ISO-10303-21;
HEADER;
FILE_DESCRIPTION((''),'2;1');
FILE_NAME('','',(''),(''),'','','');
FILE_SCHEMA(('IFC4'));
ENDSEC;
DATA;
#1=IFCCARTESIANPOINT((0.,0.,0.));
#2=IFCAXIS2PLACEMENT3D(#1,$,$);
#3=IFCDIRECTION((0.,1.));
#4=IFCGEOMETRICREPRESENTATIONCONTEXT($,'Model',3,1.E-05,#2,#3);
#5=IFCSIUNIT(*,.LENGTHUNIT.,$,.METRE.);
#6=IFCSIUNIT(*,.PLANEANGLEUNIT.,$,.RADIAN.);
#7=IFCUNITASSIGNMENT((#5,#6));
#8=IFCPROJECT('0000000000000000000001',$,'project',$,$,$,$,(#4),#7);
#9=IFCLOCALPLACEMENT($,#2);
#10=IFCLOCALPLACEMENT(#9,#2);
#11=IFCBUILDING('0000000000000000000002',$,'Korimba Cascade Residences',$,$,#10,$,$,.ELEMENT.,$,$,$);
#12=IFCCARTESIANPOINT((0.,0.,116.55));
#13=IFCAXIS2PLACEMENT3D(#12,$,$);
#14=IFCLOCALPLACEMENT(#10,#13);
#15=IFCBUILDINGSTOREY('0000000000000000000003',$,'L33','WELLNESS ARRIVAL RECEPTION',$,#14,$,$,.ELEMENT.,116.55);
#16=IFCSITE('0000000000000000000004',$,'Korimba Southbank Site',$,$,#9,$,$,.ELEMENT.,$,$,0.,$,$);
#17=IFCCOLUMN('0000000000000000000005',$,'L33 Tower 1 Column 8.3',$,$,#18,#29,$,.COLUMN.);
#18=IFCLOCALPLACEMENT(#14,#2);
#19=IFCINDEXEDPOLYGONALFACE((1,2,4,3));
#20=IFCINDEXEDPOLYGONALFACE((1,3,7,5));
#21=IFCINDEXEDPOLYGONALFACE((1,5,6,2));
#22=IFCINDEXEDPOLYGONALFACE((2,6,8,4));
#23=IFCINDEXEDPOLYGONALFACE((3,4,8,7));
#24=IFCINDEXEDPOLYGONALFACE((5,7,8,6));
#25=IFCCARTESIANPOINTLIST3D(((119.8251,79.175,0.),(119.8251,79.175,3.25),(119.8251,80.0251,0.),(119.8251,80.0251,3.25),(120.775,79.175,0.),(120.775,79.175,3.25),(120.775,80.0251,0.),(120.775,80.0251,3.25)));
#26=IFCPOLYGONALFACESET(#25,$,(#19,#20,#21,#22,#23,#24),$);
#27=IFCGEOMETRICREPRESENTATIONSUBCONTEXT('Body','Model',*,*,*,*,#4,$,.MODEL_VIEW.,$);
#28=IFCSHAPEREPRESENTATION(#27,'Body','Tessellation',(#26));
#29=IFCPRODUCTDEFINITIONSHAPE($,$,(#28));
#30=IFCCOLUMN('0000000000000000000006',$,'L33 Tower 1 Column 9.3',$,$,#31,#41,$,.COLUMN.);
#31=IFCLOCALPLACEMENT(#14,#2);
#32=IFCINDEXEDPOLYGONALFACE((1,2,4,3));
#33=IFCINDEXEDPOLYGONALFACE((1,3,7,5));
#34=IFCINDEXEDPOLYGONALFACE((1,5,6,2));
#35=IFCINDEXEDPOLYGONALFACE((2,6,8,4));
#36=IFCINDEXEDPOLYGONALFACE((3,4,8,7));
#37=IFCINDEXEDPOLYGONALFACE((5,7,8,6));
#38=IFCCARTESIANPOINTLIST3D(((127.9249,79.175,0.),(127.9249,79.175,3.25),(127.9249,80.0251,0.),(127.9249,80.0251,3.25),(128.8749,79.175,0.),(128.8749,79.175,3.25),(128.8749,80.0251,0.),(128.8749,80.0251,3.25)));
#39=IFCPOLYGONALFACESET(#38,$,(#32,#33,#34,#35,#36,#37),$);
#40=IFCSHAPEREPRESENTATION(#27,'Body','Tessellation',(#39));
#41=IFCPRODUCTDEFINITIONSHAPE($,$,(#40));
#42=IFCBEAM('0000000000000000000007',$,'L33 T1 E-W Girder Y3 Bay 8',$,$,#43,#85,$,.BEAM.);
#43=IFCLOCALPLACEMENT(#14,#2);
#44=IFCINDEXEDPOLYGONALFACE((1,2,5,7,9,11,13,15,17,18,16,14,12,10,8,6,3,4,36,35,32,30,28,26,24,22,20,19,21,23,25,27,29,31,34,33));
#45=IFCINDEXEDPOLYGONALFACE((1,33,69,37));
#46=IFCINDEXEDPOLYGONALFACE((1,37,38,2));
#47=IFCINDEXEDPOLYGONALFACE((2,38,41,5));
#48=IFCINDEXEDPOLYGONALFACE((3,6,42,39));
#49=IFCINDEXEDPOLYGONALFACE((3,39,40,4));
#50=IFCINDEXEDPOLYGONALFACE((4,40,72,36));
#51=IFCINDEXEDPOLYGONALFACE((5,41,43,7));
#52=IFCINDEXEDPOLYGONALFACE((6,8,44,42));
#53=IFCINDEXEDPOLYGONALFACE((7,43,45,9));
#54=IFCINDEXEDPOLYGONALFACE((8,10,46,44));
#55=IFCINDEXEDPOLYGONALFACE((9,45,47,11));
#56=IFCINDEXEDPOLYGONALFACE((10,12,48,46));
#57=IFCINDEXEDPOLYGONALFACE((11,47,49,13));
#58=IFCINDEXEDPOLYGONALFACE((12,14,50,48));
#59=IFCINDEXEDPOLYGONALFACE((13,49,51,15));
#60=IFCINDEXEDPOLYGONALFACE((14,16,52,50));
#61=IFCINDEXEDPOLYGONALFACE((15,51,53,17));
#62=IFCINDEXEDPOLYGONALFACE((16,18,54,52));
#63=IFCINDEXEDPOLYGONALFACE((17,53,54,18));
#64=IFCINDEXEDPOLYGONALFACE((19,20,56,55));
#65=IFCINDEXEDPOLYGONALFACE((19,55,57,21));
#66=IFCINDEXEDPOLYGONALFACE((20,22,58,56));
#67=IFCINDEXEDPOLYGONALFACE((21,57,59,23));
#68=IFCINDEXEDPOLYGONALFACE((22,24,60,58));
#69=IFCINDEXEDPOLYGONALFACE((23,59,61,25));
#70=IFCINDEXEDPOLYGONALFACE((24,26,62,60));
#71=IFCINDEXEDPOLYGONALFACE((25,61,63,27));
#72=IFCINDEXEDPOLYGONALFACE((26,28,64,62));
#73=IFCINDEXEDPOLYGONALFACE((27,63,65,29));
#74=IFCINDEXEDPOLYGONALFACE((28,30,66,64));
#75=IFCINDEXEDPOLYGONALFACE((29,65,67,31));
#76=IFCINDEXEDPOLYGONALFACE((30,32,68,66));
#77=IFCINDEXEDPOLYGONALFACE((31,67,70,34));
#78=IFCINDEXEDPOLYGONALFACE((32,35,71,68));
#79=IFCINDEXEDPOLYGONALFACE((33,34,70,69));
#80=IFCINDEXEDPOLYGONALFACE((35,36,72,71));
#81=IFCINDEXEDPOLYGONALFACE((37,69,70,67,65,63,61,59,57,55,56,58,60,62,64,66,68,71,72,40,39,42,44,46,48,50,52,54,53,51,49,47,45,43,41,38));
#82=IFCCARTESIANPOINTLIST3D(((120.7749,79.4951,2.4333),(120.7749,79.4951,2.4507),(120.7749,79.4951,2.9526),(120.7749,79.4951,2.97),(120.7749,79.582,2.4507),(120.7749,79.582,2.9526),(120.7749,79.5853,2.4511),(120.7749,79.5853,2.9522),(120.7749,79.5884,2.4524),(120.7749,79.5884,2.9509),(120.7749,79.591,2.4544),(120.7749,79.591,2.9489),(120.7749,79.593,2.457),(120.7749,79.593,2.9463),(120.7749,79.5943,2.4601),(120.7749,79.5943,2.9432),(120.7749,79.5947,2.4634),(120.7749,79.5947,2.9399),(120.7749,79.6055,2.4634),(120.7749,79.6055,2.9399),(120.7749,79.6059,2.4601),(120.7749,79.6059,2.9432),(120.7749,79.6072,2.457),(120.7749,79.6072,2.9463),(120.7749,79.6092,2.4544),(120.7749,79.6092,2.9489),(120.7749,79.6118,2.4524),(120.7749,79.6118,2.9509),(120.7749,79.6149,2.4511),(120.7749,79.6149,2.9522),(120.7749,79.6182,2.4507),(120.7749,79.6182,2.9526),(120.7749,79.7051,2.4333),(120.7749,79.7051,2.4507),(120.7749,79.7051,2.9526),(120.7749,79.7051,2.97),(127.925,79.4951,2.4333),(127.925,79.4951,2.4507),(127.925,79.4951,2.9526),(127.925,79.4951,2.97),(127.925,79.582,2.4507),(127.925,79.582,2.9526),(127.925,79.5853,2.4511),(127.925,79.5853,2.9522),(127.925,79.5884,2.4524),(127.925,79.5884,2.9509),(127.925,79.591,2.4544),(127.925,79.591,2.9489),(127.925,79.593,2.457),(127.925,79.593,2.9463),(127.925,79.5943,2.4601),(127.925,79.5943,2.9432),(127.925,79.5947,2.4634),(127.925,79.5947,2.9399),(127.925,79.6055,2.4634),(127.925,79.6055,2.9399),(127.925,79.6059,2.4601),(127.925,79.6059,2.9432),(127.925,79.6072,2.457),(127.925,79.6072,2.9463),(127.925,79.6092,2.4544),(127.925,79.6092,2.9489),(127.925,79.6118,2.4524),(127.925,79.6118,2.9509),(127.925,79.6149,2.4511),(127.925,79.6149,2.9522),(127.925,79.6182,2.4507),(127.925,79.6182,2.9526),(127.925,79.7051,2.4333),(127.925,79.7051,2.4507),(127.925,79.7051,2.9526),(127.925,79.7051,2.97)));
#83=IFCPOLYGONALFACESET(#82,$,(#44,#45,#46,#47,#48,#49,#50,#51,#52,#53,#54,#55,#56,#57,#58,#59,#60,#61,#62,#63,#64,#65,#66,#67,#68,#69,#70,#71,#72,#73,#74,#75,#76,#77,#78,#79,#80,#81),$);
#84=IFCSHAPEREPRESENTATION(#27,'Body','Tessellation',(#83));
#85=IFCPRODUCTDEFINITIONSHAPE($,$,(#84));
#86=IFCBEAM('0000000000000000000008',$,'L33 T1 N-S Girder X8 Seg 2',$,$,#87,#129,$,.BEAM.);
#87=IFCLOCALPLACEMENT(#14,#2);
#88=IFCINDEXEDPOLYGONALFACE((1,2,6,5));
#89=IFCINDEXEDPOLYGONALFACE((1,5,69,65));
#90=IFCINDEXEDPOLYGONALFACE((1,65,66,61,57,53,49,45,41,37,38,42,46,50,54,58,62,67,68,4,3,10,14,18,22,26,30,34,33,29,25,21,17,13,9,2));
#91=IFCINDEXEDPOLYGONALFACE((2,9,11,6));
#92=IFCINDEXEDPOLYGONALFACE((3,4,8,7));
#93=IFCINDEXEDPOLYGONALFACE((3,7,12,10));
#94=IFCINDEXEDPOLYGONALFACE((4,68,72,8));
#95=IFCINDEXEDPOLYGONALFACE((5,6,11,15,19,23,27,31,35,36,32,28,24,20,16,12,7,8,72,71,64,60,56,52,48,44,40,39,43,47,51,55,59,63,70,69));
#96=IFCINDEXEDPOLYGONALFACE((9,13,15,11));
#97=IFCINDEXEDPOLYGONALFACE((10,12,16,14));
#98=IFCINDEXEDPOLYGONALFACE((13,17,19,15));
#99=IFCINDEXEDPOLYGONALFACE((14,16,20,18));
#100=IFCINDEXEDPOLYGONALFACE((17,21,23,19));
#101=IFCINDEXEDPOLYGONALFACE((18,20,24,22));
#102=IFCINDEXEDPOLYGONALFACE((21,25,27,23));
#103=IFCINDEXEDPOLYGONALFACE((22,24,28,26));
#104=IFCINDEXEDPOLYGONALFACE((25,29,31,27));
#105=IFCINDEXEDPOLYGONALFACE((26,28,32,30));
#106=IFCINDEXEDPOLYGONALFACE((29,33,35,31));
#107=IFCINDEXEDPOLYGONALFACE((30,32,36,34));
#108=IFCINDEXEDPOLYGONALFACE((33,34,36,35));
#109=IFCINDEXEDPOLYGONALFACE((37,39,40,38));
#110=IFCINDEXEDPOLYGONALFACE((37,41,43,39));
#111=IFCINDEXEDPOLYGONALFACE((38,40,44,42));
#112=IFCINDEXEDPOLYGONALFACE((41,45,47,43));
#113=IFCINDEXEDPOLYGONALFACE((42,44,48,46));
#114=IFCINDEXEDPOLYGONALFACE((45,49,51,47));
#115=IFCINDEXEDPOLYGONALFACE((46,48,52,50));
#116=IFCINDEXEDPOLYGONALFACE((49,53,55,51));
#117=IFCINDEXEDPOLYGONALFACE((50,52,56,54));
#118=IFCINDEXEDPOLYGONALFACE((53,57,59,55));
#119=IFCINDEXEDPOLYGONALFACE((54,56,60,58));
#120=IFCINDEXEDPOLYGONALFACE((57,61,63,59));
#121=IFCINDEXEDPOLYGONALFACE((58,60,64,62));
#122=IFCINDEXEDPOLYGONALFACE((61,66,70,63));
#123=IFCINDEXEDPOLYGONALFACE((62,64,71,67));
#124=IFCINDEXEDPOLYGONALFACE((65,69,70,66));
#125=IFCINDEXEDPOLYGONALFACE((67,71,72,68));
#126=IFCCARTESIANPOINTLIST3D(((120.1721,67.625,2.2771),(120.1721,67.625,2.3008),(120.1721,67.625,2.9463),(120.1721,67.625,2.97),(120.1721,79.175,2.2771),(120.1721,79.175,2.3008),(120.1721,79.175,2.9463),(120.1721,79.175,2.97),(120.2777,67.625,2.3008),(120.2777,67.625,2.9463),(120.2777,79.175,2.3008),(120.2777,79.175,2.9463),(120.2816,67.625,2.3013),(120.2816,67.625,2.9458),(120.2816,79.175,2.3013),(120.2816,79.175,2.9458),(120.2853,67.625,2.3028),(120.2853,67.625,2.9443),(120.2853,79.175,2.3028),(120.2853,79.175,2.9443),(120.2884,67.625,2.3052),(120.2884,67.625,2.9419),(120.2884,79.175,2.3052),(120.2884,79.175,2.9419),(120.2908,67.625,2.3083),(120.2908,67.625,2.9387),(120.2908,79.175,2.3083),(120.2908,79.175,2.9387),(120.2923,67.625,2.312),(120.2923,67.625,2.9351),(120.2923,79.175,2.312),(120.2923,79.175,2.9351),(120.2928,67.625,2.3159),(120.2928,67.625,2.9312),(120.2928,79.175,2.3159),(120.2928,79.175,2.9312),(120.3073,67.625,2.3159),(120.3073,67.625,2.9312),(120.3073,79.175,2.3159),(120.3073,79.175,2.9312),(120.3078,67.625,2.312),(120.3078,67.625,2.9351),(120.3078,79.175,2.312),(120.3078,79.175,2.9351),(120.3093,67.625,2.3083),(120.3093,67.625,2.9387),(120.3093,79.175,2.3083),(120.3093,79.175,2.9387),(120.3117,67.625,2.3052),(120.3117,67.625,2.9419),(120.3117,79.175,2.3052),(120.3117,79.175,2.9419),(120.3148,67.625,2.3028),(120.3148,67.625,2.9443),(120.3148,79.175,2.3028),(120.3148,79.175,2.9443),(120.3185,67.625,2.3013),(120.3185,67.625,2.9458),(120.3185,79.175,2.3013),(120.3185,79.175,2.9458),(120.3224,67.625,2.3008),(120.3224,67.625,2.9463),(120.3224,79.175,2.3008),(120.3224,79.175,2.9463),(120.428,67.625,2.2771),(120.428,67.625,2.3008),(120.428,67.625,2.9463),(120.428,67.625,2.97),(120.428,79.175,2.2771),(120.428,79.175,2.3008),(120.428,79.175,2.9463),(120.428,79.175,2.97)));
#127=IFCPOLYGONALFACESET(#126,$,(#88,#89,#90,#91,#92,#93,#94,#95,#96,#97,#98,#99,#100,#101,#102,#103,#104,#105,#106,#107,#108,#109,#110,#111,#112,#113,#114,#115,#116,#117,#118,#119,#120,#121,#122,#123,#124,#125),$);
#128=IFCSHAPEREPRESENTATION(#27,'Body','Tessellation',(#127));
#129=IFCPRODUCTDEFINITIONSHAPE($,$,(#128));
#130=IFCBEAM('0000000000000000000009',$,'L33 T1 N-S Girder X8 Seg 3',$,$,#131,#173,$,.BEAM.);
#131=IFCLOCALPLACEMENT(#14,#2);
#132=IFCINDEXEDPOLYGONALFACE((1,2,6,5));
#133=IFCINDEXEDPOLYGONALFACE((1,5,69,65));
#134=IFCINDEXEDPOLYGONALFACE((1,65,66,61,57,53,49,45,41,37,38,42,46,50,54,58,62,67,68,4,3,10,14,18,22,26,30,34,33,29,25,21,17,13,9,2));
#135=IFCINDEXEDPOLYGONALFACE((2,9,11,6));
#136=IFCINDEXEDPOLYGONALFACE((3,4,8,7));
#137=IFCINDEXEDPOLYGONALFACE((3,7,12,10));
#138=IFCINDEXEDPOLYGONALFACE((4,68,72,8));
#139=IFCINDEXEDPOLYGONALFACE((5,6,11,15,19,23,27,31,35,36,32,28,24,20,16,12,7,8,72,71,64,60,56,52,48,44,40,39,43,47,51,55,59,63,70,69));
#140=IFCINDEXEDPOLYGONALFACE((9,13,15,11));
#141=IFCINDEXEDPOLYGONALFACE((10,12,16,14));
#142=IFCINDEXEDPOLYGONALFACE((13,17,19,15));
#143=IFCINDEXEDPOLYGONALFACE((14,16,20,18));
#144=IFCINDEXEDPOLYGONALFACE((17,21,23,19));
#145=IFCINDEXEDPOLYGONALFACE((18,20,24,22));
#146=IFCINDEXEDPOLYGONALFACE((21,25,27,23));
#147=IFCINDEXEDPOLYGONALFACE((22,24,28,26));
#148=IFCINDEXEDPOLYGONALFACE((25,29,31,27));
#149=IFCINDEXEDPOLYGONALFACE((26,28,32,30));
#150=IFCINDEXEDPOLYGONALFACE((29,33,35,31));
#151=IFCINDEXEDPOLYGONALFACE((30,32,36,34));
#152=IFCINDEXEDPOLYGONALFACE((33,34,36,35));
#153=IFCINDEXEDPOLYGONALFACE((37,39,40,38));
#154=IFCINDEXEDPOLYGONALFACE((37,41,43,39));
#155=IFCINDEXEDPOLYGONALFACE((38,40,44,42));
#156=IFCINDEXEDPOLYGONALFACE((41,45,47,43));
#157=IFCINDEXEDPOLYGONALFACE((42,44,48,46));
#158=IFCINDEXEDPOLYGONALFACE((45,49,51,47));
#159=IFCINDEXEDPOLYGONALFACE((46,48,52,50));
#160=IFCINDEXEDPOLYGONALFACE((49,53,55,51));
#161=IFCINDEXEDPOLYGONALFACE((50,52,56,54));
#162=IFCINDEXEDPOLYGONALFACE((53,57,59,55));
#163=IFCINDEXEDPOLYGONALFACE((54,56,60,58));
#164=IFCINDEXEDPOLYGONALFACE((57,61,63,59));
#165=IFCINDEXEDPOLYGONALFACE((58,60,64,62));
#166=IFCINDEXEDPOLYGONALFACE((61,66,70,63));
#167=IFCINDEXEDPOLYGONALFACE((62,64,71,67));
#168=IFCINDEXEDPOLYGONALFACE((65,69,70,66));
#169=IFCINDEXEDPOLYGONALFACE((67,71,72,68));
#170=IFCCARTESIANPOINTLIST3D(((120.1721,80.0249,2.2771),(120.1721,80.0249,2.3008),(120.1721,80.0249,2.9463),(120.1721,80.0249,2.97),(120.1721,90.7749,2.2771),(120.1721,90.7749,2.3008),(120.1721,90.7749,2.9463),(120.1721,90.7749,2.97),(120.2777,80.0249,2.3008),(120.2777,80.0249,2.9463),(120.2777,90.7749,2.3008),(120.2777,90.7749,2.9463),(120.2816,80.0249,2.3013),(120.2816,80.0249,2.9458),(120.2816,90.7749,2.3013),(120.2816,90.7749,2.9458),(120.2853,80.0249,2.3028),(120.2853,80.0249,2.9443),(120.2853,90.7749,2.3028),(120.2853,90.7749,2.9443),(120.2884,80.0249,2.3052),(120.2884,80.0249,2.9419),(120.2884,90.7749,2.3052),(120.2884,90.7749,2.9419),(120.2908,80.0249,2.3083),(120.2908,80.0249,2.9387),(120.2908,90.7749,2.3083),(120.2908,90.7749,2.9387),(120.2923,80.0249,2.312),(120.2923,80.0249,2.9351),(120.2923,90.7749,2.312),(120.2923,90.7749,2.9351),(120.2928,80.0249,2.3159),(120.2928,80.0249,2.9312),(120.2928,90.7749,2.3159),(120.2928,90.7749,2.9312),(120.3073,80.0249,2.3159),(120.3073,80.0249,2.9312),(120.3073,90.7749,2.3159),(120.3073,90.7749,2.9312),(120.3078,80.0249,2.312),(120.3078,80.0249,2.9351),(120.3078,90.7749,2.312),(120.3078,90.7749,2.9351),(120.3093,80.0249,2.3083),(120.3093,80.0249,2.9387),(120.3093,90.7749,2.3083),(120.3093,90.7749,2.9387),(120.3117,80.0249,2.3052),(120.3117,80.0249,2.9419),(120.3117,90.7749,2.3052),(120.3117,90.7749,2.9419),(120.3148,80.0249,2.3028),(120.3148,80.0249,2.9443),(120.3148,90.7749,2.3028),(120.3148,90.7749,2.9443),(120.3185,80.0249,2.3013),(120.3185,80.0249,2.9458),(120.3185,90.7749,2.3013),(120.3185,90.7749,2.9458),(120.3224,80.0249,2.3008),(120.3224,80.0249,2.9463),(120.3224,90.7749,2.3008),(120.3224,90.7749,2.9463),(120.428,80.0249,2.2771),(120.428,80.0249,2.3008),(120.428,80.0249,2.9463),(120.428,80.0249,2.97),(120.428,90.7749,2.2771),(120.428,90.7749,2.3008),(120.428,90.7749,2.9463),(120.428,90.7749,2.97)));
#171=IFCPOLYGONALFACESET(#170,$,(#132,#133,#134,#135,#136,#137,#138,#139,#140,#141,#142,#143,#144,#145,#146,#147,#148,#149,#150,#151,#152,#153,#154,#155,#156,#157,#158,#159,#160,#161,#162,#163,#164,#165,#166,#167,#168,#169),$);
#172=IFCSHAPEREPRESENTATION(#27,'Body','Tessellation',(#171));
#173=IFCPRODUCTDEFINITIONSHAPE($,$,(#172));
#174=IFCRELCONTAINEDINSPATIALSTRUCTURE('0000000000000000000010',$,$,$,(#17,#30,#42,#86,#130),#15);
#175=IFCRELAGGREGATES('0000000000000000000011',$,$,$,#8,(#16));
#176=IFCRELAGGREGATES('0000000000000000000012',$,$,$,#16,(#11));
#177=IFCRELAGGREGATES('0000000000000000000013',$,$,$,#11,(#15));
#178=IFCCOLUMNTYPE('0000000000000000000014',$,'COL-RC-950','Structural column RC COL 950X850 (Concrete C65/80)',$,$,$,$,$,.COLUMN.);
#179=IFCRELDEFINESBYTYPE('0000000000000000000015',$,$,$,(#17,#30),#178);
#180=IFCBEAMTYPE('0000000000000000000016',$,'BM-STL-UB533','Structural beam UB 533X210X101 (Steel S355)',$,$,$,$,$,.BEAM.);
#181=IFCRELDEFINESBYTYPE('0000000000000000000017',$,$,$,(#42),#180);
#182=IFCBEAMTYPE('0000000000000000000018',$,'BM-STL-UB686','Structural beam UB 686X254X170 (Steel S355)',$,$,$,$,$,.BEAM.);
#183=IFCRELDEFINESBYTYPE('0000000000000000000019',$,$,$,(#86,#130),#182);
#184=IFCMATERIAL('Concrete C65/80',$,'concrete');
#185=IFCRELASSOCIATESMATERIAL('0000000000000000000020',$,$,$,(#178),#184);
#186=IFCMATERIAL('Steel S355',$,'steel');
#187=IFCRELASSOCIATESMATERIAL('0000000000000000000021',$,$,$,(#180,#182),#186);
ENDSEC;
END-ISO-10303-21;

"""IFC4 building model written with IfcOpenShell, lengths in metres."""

from ifc_helpers import new_model, si_unit, direction, frame, origin, origin_2d, place, context, subcontext, project, spatial, rectangle, i_section, extrude, material, material_profile, profile_set, type_object, element, save


model = new_model("IFC4")

# Units and contexts
model_context = context("Model", 3, precision=1e-05, world=origin(), true_north=direction((0.0, 1.0)))
body_context = subcontext(model_context, "Body", "Model", "MODEL_VIEW")
ifc_project = project(units=[si_unit("LENGTHUNIT", "METRE"), si_unit("PLANEANGLEUNIT", "RADIAN")], contexts=[model_context])

# Site, building, storey
site_placement = place(None, origin())
site = spatial("IfcSite", under=ifc_project, at=site_placement, Name="Korimba Southbank Site", CompositionType="ELEMENT", RefElevation=0.0)
building_placement = place(site_placement, origin())
building = spatial("IfcBuilding", under=site, at=building_placement, Name="Korimba Cascade Residences", CompositionType="ELEMENT")
storey_placement = place(building_placement, frame((0.0, 0.0, 116.55)))
storey = spatial("IfcBuildingStorey", under=building, at=storey_placement, Name="L33", Description="WELLNESS ARRIVAL RECEPTION", CompositionType="ELEMENT", Elevation=116.55)

# Columns
ifc_material_1 = material(Name="Concrete C65/80", Category="concrete")
ifc_material_profile_1 = material_profile(ifc_material_1, rectangle(XDim=0.95, YDim=0.8501, at=origin_2d()), Name="Concrete C65/80")
ifc_profile_set_1 = profile_set([ifc_material_profile_1], Name="Concrete C65/80")
column_type = type_object("IfcColumnType", Name="COL-RC-950", Description="Structural column RC COL 950X850 (Concrete C65/80)", PredefinedType="COLUMN", material=ifc_profile_set_1)
for number, where, z_axis, x_axis, name in (
    (1, (120.3, 79.6001, 0.0), (0.0, 0.0, 1.0), (1.0, 0.0, 0.0), "L33 Tower 1 Column 8.3"),
    (2, (128.3999, 79.6001, 0.0), (0.0, 0.0, 1.0), (1.0, 0.0, 0.0), "L33 Tower 1 Column 9.3"),
):
    element("IfcColumn", number, at=place(storey_placement, frame(where, z_axis=z_axis, x_axis=x_axis)), inside=storey, type_object=column_type, Name=name, PredefinedType="COLUMN", context=body_context, shape_type="SweptSolid", body=[
        extrude(rectangle(XDim=0.95, YDim=0.8501, at=origin_2d()), origin(), (0.0, 0.0, 1.0), 3.25),
    ])

# Beams
ifc_material_2 = material(Name="Steel S355", Category="steel")
ifc_material_profile_2 = material_profile(ifc_material_2, i_section(OverallWidth=0.21, OverallDepth=0.5366, WebThickness=0.0107, FlangeThickness=0.0173, FilletRadius=0.0127, at=origin_2d()), Name="Steel S355")
ifc_profile_set_2 = profile_set([ifc_material_profile_2], Name="Steel S355")
beam_type_1 = type_object("IfcBeamType", Name="BM-STL-UB533", Description="Structural beam UB 533X210X101 (Steel S355)", PredefinedType="BEAM", material=ifc_profile_set_2)
beam_1_placement = place(storey_placement, frame((120.7749, 79.6001, 2.7017), z_axis=(1.0, 0.0, 0.0), x_axis=(0.0, 1.0, 0.0)))
element("IfcBeam", 3, at=beam_1_placement, inside=storey, type_object=beam_type_1, Name="L33 T1 E-W Girder Y3 Bay 8", PredefinedType="BEAM", context=body_context, shape_type="SweptSolid", body=[
    extrude(i_section(OverallWidth=0.21, OverallDepth=0.5366, WebThickness=0.0107, FlangeThickness=0.0173, FilletRadius=0.0127, at=origin_2d()), origin(), (0.0, 0.0, 1.0), 7.1501),
])
ifc_material_profile_3 = material_profile(ifc_material_2, i_section(OverallWidth=0.2559, OverallDepth=0.6929, WebThickness=0.0144, FlangeThickness=0.0237, FilletRadius=0.0151, at=origin_2d()), Name="Steel S355")
ifc_profile_set_3 = profile_set([ifc_material_profile_3], Name="Steel S355")
beam_type_2 = type_object("IfcBeamType", Name="BM-STL-UB686", Description="Structural beam UB 686X254X170 (Steel S355)", PredefinedType="BEAM", material=ifc_profile_set_3)
beam_2_placement = place(storey_placement, frame((120.3, 67.625, 2.6235), z_axis=(0.0, 1.0, 0.0), x_axis=(-1.0, 0.0, 0.0)))
element("IfcBeam", 4, at=beam_2_placement, inside=storey, type_object=beam_type_2, Name="L33 T1 N-S Girder X8 Seg 2", PredefinedType="BEAM", context=body_context, shape_type="SweptSolid", body=[
    extrude(i_section(OverallWidth=0.2559, OverallDepth=0.6929, WebThickness=0.0144, FlangeThickness=0.0237, FilletRadius=0.0151, at=origin_2d()), origin(), (0.0, 0.0, 1.0), 11.55),
])
beam_3_placement = place(storey_placement, frame((120.3, 80.0249, 2.6235), z_axis=(0.0, 1.0, 0.0), x_axis=(-1.0, 0.0, 0.0)))
element("IfcBeam", 5, at=beam_3_placement, inside=storey, type_object=beam_type_2, Name="L33 T1 N-S Girder X8 Seg 3", PredefinedType="BEAM", context=body_context, shape_type="SweptSolid", body=[
    extrude(i_section(OverallWidth=0.2559, OverallDepth=0.6929, WebThickness=0.0144, FlangeThickness=0.0237, FilletRadius=0.0151, at=origin_2d()), origin(), (0.0, 0.0, 1.0), 10.75),
])

save(model, "model.ifc")
